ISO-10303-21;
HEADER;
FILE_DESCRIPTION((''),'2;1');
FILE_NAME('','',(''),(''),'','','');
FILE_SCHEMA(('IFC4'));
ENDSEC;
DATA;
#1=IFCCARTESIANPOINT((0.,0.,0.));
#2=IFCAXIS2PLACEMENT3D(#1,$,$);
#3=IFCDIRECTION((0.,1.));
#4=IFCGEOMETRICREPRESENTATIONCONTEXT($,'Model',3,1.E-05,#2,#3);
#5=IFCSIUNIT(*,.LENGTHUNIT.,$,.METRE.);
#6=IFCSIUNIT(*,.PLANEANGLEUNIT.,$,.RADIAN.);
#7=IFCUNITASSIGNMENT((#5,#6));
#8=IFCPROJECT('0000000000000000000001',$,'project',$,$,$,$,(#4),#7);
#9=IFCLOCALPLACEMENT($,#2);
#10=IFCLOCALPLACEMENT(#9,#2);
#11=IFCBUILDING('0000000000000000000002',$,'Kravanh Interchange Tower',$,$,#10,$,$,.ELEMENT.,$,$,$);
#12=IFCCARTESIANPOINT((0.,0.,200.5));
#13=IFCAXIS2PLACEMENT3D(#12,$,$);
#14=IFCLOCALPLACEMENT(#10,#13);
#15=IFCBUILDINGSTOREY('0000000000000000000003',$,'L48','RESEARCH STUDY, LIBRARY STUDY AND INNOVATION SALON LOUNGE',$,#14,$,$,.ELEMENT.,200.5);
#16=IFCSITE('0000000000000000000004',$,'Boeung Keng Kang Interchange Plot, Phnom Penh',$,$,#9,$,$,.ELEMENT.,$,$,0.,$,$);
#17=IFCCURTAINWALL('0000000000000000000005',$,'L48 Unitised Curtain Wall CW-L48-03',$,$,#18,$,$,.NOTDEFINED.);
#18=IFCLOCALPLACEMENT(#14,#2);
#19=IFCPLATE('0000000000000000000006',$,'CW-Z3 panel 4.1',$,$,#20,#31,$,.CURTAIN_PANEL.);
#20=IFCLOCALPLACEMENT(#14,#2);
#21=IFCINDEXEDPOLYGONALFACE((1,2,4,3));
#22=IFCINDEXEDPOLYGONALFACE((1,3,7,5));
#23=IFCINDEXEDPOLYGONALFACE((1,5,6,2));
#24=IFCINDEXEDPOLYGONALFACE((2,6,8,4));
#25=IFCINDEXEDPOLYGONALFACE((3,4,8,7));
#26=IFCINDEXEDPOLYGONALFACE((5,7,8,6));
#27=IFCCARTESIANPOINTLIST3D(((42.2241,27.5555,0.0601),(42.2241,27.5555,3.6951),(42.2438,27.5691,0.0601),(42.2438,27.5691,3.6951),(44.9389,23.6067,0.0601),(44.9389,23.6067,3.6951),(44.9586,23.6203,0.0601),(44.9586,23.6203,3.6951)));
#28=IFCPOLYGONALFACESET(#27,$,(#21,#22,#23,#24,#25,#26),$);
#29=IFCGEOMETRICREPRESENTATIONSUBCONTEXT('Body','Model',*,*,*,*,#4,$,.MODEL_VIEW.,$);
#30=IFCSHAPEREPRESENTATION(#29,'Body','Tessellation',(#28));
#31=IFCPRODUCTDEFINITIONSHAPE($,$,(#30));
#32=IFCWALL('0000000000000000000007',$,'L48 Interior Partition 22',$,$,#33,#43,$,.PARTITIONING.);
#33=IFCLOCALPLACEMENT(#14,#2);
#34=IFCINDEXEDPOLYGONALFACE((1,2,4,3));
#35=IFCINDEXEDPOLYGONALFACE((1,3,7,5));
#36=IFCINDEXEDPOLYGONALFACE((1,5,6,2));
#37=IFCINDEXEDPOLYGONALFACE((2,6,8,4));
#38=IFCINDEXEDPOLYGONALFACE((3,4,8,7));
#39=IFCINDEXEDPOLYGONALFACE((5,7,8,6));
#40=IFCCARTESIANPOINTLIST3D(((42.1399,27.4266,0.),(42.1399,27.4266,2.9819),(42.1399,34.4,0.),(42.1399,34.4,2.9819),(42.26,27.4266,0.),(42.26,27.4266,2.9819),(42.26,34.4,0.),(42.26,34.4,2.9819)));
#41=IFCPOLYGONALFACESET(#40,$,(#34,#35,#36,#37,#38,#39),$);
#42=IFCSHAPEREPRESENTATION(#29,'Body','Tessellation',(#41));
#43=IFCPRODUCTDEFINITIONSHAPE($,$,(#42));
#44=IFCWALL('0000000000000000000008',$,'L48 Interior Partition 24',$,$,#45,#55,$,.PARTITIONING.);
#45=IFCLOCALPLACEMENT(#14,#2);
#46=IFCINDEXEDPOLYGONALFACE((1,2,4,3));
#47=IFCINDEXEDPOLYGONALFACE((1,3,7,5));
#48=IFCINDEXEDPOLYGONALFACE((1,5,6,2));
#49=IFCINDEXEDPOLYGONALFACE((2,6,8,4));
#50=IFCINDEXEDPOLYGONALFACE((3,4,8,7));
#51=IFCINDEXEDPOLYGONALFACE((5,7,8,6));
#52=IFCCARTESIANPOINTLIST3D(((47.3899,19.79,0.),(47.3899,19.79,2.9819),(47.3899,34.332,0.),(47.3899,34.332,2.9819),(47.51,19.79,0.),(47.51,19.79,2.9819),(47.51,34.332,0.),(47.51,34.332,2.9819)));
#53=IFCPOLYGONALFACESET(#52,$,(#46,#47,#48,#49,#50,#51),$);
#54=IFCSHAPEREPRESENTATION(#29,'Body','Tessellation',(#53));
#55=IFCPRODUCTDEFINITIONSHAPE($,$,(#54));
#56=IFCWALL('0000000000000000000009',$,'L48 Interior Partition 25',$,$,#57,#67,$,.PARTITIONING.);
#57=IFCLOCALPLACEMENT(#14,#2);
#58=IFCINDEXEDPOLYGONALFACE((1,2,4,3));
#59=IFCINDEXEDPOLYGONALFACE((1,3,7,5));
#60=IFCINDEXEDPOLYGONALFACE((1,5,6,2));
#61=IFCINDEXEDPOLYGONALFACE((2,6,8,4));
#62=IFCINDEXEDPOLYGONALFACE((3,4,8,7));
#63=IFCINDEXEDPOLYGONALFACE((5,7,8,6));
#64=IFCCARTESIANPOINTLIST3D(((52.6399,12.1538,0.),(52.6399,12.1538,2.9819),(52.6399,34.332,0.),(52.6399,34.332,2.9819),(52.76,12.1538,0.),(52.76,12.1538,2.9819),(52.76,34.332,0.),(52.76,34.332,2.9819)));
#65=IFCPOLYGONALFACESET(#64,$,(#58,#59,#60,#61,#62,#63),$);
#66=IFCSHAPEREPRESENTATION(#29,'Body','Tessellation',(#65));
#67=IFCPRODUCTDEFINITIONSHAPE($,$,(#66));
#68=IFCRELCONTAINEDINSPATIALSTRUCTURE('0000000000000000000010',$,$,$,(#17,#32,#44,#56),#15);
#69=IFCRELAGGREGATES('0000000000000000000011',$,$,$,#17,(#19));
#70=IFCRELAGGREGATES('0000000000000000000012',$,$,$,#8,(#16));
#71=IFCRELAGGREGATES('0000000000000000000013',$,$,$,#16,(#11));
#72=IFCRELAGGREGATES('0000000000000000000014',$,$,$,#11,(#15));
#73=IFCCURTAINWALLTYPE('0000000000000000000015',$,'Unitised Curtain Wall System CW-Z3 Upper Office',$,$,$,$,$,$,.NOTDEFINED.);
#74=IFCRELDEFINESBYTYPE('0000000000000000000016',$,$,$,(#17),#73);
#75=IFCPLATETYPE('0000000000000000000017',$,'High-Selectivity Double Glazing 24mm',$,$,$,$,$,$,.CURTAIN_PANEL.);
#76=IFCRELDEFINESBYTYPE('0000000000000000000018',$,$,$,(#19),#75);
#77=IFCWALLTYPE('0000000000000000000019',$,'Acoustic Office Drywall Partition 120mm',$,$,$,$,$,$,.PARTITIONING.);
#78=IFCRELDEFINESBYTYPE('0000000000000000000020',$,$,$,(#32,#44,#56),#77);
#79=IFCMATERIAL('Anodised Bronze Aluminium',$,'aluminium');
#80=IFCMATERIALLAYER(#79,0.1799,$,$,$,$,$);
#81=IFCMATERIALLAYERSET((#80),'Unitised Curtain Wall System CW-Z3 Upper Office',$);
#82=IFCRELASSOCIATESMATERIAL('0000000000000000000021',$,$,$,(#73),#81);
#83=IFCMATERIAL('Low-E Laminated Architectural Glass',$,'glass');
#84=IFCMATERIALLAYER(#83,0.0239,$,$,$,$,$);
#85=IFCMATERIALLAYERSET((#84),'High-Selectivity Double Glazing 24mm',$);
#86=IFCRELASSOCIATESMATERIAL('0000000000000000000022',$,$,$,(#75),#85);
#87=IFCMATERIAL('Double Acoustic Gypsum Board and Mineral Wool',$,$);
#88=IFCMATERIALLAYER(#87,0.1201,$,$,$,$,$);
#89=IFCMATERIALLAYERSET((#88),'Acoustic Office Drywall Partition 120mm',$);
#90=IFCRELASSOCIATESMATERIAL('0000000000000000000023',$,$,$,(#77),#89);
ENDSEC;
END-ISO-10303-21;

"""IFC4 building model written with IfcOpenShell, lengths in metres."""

from ifc_helpers import new_model, si_unit, direction, frame, frame_2d, origin, origin_2d, place, context, subcontext, project, spatial, rectangle, extrude, material, layer, layer_set, type_object, element, aggregate, save


model = new_model("IFC4")

# Units and contexts
model_context = context("Model", 3, precision=1e-05, world=origin(), true_north=direction((0.0, 1.0)))
body_context = subcontext(model_context, "Body", "Model", "MODEL_VIEW")
ifc_project = project(units=[si_unit("LENGTHUNIT", "METRE"), si_unit("PLANEANGLEUNIT", "RADIAN")], contexts=[model_context])

# Site, building, storey
site_placement = place(None, origin())
site = spatial("IfcSite", under=ifc_project, at=site_placement, Name="Boeung Keng Kang Interchange Plot, Phnom Penh", CompositionType="ELEMENT", RefElevation=0.0)
building_placement = place(site_placement, origin())
building = spatial("IfcBuilding", under=site, at=building_placement, Name="Kravanh Interchange Tower", CompositionType="ELEMENT")
storey_placement = place(building_placement, frame((0.0, 0.0, 200.5)))
storey = spatial("IfcBuildingStorey", under=building, at=storey_placement, Name="L48", Description="RESEARCH STUDY, LIBRARY STUDY AND INNOVATION SALON LOUNGE", CompositionType="ELEMENT", Elevation=200.5)

# Shared definitions
ifc_material_1 = material(Name="Anodised Bronze Aluminium", Category="aluminium")
ifc_layer_1 = layer(ifc_material_1, 0.1799)
ifc_layer_set_1 = layer_set([ifc_layer_1], Name="Unitised Curtain Wall System CW-Z3 Upper Office")
curtain_wall_type = type_object("IfcCurtainWallType", Name="Unitised Curtain Wall System CW-Z3 Upper Office", PredefinedType="NOTDEFINED", material=ifc_layer_set_1)

# Curtain wall
curtain_wall_1_placement = place(storey_placement, origin())
curtain_wall_1 = element("IfcCurtainWall", 1, at=curtain_wall_1_placement, inside=storey, type_object=curtain_wall_type, Name="L48 Unitised Curtain Wall CW-L48-03", PredefinedType="NOTDEFINED")

# Plate
ifc_material_2 = material(Name="Low-E Laminated Architectural Glass", Category="glass")
ifc_layer_2 = layer(ifc_material_2, 0.0239)
ifc_layer_set_2 = layer_set([ifc_layer_2], Name="High-Selectivity Double Glazing 24mm")
plate_type = type_object("IfcPlateType", Name="High-Selectivity Double Glazing 24mm", PredefinedType="CURTAIN_PANEL", material=ifc_layer_set_2)
plate_1_placement = place(storey_placement, frame((43.5913, 25.5879, 0.0601), z_axis=(0.0, 0.0, 1.0), x_axis=(-0.566528, 0.824042, 0.0)))
plate_1 = element("IfcPlate", 2, at=plate_1_placement, type_object=plate_type, Name="CW-Z3 panel 4.1", PredefinedType="CURTAIN_PANEL", context=body_context, shape_type="SweptSolid", body=[
    extrude(rectangle(XDim=4.792, YDim=0.0239, at=origin_2d()), origin(), (0.0, 0.0, 1.0), 3.635),
])
aggregate(curtain_wall_1, [plate_1])

# Walls
ifc_material_3 = material(Name="Double Acoustic Gypsum Board and Mineral Wool")
ifc_layer_3 = layer(ifc_material_3, 0.1201)
ifc_layer_set_3 = layer_set([ifc_layer_3], Name="Acoustic Office Drywall Partition 120mm")
wall_type = type_object("IfcWallType", Name="Acoustic Office Drywall Partition 120mm", PredefinedType="PARTITIONING", material=ifc_layer_set_3)
wall_1_placement = place(storey_placement, frame((42.2, 27.4265, 0.0), z_axis=(0.0, 0.0, 1.0), x_axis=(0.0, 1.0, 0.0)))
element("IfcWall", 3, at=wall_1_placement, inside=storey, type_object=wall_type, Name="L48 Interior Partition 22", PredefinedType="PARTITIONING", context=body_context, shape_type="SweptSolid", body=[
    extrude(rectangle(XDim=6.9734, YDim=0.1201, at=frame_2d((3.4868, 0.0))), origin(), (0.0, 0.0, 1.0), 2.9819),
])
wall_2_placement = place(storey_placement, frame((47.45, 19.79, 0.0), z_axis=(0.0, 0.0, 1.0), x_axis=(0.0, 1.0, 0.0)))
element("IfcWall", 4, at=wall_2_placement, inside=storey, type_object=wall_type, Name="L48 Interior Partition 24", PredefinedType="PARTITIONING", context=body_context, shape_type="SweptSolid", body=[
    extrude(rectangle(XDim=14.542, YDim=0.1201, at=frame_2d((7.271, 0.0))), origin(), (0.0, 0.0, 1.0), 2.9819),
])
wall_3_placement = place(storey_placement, frame((52.7, 12.1538, 0.0), z_axis=(0.0, 0.0, 1.0), x_axis=(0.0, 1.0, 0.0)))
element("IfcWall", 5, at=wall_3_placement, inside=storey, type_object=wall_type, Name="L48 Interior Partition 25", PredefinedType="PARTITIONING", context=body_context, shape_type="SweptSolid", body=[
    extrude(rectangle(XDim=22.1782, YDim=0.1201, at=frame_2d((11.0891, 0.0))), origin(), (0.0, 0.0, 1.0), 2.9819),
])

save(model, "model.ifc")
